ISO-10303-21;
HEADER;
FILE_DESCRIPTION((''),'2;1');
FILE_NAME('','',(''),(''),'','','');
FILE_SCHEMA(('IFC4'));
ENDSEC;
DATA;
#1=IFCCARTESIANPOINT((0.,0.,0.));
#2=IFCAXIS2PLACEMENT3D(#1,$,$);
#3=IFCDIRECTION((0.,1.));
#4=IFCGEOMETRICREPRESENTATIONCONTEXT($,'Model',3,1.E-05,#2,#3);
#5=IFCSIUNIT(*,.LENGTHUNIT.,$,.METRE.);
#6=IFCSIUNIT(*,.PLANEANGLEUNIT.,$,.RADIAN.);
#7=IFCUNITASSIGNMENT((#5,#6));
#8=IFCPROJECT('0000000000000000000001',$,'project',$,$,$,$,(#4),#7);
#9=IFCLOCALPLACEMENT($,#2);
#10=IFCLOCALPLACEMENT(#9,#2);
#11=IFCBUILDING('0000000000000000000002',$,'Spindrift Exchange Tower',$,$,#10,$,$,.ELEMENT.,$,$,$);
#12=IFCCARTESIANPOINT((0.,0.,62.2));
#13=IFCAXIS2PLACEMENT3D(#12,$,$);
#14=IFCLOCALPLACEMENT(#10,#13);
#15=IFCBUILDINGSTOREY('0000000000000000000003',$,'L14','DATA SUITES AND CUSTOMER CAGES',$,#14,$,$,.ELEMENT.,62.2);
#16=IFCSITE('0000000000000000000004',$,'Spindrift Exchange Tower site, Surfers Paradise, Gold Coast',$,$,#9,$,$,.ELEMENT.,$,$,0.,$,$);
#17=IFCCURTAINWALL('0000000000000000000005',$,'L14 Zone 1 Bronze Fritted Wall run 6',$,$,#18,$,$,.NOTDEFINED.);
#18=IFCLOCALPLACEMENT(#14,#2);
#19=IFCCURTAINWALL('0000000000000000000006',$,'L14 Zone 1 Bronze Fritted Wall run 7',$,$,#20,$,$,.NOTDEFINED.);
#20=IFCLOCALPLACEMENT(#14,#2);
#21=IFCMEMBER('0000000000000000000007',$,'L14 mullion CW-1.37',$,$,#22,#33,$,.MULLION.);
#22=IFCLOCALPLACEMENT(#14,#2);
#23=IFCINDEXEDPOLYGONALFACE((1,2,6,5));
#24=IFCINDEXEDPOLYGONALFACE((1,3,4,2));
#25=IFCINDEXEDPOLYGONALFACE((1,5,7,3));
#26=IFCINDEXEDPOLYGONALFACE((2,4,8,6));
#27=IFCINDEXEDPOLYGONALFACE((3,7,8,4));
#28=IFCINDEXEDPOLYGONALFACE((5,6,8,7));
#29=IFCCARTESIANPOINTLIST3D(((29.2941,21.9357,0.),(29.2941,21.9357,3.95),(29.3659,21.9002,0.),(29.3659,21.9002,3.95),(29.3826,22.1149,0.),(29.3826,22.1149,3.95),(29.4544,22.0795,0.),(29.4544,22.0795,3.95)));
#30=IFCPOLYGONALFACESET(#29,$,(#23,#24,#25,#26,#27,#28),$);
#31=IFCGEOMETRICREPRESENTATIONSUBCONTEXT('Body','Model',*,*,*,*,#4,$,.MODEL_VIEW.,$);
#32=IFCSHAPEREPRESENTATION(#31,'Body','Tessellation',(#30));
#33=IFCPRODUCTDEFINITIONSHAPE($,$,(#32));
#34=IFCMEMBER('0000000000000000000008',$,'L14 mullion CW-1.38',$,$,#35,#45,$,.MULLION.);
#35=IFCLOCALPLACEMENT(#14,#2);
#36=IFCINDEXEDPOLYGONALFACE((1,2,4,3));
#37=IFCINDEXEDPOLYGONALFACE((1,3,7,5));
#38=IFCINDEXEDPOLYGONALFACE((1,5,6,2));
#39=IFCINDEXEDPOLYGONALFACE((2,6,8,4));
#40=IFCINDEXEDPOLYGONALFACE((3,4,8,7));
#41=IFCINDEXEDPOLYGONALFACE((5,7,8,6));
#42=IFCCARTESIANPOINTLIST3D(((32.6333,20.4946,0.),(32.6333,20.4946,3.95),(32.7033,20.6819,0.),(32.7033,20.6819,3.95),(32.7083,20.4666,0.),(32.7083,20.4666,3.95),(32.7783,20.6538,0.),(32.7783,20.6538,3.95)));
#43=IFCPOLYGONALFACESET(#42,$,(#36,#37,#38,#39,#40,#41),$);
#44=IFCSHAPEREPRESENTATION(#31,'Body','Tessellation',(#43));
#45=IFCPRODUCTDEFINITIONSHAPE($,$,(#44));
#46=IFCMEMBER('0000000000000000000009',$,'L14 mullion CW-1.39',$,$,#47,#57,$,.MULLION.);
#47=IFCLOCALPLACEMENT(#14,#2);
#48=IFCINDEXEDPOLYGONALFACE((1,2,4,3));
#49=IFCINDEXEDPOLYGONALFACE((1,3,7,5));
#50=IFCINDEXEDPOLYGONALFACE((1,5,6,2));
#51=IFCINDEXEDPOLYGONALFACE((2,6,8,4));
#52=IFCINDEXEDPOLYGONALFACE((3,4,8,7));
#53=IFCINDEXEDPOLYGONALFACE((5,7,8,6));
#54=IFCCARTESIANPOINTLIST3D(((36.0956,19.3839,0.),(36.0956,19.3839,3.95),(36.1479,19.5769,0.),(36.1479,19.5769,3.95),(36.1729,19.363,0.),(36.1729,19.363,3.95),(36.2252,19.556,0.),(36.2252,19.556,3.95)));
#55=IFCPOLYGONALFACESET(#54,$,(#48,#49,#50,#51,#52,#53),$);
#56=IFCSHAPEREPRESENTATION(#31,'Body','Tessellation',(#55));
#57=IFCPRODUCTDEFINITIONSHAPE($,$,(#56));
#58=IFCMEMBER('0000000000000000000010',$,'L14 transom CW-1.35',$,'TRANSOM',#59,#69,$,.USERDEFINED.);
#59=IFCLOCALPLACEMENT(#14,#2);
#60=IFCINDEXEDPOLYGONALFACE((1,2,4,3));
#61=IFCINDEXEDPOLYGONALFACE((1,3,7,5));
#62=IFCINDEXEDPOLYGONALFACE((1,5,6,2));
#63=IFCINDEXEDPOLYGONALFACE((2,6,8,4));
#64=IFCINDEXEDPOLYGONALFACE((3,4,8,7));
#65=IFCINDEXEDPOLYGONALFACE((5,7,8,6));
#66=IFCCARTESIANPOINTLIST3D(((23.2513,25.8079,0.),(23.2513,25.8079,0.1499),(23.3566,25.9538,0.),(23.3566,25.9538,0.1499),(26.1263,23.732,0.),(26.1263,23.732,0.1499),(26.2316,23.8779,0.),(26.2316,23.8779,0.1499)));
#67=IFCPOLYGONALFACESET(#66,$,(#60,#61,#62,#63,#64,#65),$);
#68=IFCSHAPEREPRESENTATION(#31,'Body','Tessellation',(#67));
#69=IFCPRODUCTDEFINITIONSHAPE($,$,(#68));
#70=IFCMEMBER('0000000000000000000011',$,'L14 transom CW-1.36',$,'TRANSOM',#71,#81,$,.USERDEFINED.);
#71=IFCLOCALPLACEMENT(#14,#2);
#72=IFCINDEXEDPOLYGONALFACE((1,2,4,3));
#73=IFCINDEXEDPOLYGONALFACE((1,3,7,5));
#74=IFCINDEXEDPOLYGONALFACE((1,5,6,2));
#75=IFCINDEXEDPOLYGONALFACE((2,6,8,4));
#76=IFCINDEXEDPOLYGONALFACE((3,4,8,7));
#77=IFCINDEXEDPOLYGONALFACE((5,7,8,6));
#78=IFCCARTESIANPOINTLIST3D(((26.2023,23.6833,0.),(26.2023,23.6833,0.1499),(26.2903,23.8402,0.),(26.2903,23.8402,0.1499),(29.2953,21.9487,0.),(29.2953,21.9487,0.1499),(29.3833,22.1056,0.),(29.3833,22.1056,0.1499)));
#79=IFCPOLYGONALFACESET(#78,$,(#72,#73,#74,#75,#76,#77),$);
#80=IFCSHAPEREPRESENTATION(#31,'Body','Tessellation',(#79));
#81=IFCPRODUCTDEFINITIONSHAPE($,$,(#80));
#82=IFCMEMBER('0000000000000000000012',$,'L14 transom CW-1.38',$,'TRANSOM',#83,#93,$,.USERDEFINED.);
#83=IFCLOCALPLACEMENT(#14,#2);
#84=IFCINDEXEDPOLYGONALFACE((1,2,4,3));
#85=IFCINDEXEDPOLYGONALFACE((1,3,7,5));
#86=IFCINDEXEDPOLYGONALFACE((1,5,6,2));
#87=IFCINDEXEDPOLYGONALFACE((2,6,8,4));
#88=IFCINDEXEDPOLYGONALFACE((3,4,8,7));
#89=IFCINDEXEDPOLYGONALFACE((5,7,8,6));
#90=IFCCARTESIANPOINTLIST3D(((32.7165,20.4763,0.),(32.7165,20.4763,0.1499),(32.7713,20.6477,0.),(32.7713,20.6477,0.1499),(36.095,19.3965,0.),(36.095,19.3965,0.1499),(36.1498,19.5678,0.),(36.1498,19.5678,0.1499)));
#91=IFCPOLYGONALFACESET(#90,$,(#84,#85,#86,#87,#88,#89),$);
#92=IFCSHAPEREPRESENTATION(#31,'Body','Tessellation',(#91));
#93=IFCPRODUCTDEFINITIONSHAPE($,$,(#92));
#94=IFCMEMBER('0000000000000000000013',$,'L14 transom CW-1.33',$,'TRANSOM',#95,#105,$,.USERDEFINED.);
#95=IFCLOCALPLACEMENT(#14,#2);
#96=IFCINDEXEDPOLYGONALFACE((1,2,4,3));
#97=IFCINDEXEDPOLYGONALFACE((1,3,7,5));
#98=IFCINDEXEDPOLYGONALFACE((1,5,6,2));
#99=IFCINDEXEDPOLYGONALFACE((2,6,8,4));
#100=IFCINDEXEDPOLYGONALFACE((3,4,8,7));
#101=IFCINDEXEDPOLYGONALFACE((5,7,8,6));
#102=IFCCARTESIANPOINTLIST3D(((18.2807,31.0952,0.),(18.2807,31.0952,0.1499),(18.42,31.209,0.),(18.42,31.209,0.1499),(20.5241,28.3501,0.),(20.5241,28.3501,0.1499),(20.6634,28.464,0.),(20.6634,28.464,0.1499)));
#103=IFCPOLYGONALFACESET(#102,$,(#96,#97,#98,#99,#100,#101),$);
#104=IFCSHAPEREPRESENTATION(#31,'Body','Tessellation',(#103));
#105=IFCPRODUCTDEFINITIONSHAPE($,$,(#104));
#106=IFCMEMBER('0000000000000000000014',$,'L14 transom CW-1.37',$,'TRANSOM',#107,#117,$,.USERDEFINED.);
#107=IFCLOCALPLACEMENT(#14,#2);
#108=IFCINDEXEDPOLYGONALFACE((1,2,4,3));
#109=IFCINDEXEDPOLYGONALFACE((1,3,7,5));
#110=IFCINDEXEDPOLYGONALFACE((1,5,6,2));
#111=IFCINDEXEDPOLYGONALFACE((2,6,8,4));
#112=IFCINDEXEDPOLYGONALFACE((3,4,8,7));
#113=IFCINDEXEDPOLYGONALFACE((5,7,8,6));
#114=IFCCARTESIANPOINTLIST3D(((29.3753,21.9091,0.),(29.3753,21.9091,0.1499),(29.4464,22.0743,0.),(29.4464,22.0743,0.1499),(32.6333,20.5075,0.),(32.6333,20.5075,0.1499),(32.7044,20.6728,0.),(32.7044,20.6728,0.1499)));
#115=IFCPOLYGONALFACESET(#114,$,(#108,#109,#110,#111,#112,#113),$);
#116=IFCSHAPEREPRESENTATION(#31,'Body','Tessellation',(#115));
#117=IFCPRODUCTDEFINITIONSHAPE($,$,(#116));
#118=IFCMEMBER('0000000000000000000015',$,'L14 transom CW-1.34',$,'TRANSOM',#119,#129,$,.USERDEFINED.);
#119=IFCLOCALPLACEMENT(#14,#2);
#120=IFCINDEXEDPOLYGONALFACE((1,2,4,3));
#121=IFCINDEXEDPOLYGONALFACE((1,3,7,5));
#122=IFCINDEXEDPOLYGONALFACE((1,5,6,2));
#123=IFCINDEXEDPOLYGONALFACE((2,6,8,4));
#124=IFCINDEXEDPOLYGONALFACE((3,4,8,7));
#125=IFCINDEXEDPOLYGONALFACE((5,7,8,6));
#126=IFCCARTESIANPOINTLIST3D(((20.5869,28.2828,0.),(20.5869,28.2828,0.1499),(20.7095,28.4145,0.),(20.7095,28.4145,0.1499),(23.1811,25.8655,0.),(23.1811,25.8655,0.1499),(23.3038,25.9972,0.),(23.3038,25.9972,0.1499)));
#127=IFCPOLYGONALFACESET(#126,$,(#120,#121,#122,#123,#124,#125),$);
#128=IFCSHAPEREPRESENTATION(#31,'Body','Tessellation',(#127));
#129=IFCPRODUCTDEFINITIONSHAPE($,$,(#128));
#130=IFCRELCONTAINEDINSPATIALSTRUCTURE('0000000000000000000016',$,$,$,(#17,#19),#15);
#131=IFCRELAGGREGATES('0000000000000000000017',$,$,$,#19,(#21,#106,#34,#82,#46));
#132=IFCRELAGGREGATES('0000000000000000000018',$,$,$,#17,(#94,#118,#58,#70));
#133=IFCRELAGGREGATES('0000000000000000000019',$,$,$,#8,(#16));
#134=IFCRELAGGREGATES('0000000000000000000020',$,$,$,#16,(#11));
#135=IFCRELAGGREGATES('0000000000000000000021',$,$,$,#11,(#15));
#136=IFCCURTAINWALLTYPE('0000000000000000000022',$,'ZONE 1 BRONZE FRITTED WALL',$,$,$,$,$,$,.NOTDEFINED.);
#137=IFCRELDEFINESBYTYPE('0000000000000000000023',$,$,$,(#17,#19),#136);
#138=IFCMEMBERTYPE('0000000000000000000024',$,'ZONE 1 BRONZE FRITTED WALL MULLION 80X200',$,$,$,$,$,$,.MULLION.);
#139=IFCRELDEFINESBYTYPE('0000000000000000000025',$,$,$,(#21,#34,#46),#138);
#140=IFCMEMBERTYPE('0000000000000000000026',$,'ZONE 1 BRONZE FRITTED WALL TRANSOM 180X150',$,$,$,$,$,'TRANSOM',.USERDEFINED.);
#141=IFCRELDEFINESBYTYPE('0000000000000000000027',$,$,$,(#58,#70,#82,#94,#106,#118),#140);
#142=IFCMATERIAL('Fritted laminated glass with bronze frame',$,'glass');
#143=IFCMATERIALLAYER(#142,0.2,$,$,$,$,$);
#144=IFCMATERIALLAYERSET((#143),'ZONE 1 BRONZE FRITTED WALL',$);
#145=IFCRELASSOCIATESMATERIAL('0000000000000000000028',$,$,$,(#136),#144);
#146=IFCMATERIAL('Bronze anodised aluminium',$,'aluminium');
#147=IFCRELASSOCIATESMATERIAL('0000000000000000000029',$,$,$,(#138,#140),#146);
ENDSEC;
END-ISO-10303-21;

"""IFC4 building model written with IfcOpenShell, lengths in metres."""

from ifc_helpers import new_model, si_unit, direction, frame, origin, origin_2d, place, context, subcontext, project, spatial, rectangle, extrude, source, transform, mapped, material, layer, layer_set, material_profile, profile_set, type_object, element, aggregate, save


model = new_model("IFC4")

# Units and contexts
model_context = context("Model", 3, precision=1e-05, world=origin(), true_north=direction((0.0, 1.0)))
body_context = subcontext(model_context, "Body", "Model", "MODEL_VIEW")
ifc_project = project(units=[si_unit("LENGTHUNIT", "METRE"), si_unit("PLANEANGLEUNIT", "RADIAN")], contexts=[model_context])

# Site, building, storey
site_placement = place(None, origin())
site = spatial("IfcSite", under=ifc_project, at=site_placement, Name="Spindrift Exchange Tower site, Surfers Paradise, Gold Coast", CompositionType="ELEMENT", RefElevation=0.0)
building_placement = place(site_placement, origin())
building = spatial("IfcBuilding", under=site, at=building_placement, Name="Spindrift Exchange Tower", CompositionType="ELEMENT")
storey_placement = place(building_placement, frame((0.0, 0.0, 62.2)))
storey = spatial("IfcBuildingStorey", under=building, at=storey_placement, Name="L14", Description="DATA SUITES AND CUSTOMER CAGES", CompositionType="ELEMENT", Elevation=62.2)

# Curtain walls, members
ifc_material_1 = material(Name="Fritted laminated glass with bronze frame", Category="glass")
ifc_layer_1 = layer(ifc_material_1, 0.2)
ifc_layer_set_1 = layer_set([ifc_layer_1], Name="ZONE 1 BRONZE FRITTED WALL")
curtain_wall_type = type_object("IfcCurtainWallType", Name="ZONE 1 BRONZE FRITTED WALL", PredefinedType="NOTDEFINED", material=ifc_layer_set_1)
curtain_wall_1_placement = place(storey_placement, origin())
curtain_wall_1 = element("IfcCurtainWall", 1, at=curtain_wall_1_placement, inside=storey, type_object=curtain_wall_type, Name="L14 Zone 1 Bronze Fritted Wall run 6", PredefinedType="NOTDEFINED")
ifc_material_2 = material(Name="Bronze anodised aluminium", Category="aluminium")
ifc_material_profile_1 = material_profile(ifc_material_2, rectangle(XDim=0.0801, YDim=0.2, at=origin_2d()), Name="ZONE 1 BRONZE FRITTED WALL MULLION 80X200")
ifc_profile_set_1 = profile_set([ifc_material_profile_1], Name="Bronze anodised aluminium")
member_type_1 = type_object("IfcMemberType", Name="ZONE 1 BRONZE FRITTED WALL MULLION 80X200", PredefinedType="MULLION", material=ifc_profile_set_1)
shared_shape_1 = source(origin(), body_context, "Body", "SweptSolid", [
    extrude(rectangle(XDim=0.0801, YDim=0.2, at=origin_2d()), origin(), (0.0, 0.0, 1.0), 3.95),
])
curtain_wall_2_placement = place(storey_placement, origin())
curtain_wall_2 = element("IfcCurtainWall", 2, at=curtain_wall_2_placement, inside=storey, type_object=curtain_wall_type, Name="L14 Zone 1 Bronze Fritted Wall run 7", PredefinedType="NOTDEFINED")
member_1_placement = place(storey_placement, frame((29.3743, 22.0076, 0.0), z_axis=(0.0, 0.0, 1.0), x_axis=(0.896627, -0.442787, 0.0)))
member_1 = element("IfcMember", 3, at=member_1_placement, type_object=member_type_1, Name="L14 mullion CW-1.37", PredefinedType="MULLION", context=body_context, shape_type="MappedRepresentation", body=[
    mapped(shared_shape_1, transform((0.0, 0.0, 0.0), scale=1.0)),
])
member_2_placement = place(storey_placement, frame((32.7058, 20.5742, 0.0), z_axis=(0.0, 0.0, 1.0), x_axis=(0.936656, -0.35025, 0.0)))
member_2 = element("IfcMember", 4, at=member_2_placement, type_object=member_type_1, Name="L14 mullion CW-1.38", PredefinedType="MULLION", context=body_context, shape_type="MappedRepresentation", body=[
    mapped(shared_shape_1, transform((0.0, 0.0, 0.0), scale=1.0)),
])
member_3_placement = place(storey_placement, frame((36.1604, 19.47, 0.0), z_axis=(0.0, 0.0, 1.0), x_axis=(0.965266, -0.261268, 0.0)))
member_3 = element("IfcMember", 5, at=member_3_placement, type_object=member_type_1, Name="L14 mullion CW-1.39", PredefinedType="MULLION", context=body_context, shape_type="MappedRepresentation", body=[
    mapped(shared_shape_1, transform((0.0, 0.0, 0.0), scale=1.0)),
])

# Members
ifc_material_profile_2 = material_profile(ifc_material_2, rectangle(XDim=0.1799, YDim=0.1499, at=origin_2d()), Name="ZONE 1 BRONZE FRITTED WALL TRANSOM 180X150")
ifc_profile_set_2 = profile_set([ifc_material_profile_2], Name="Bronze anodised aluminium")
member_type_2 = type_object("IfcMemberType", Name="ZONE 1 BRONZE FRITTED WALL TRANSOM 180X150", ElementType="TRANSOM", PredefinedType="USERDEFINED", material=ifc_profile_set_2)
shared_shape_2 = source(origin(), body_context, "Body", "SweptSolid", [
    extrude(rectangle(XDim=0.1799, YDim=0.1499, at=origin_2d()), origin(), (0.0, 0.0, 1.0), 3.5461),
])
member_4_placement = place(storey_placement, frame((23.304, 25.8809, 0.075), z_axis=(0.810741, -0.585405, 0.0), x_axis=(0.585405, 0.810741, 0.0)))
member_4 = element("IfcMember", 6, at=member_4_placement, type_object=member_type_2, Name="L14 transom CW-1.35", ObjectType="TRANSOM", PredefinedType="USERDEFINED", context=body_context, shape_type="MappedRepresentation", body=[
    mapped(shared_shape_2, transform((0.0, 0.0, 0.0), scale=1.0)),
])
member_5_placement = place(storey_placement, frame((26.2463, 23.7617, 0.075), z_axis=(0.872202, -0.489146, 0.0), x_axis=(0.489146, 0.872202, 0.0)))
member_5 = element("IfcMember", 7, at=member_5_placement, type_object=member_type_2, Name="L14 transom CW-1.36", ObjectType="TRANSOM", PredefinedType="USERDEFINED", context=body_context, shape_type="MappedRepresentation", body=[
    mapped(shared_shape_2, transform((0.0, 0.0, 0.0), scale=1.0)),
])
shared_shape_3 = source(origin(), body_context, "Body", "SweptSolid", [
    extrude(rectangle(XDim=0.1799, YDim=0.1499, at=origin_2d()), origin(), (0.0, 0.0, 1.0), 3.5469),
])
member_6_placement = place(storey_placement, frame((32.7439, 20.562, 0.075), z_axis=(0.952527, -0.304454, 0.0), x_axis=(0.304454, 0.952527, 0.0)))
member_6 = element("IfcMember", 8, at=member_6_placement, type_object=member_type_2, Name="L14 transom CW-1.38", ObjectType="TRANSOM", PredefinedType="USERDEFINED", context=body_context, shape_type="MappedRepresentation", body=[
    mapped(shared_shape_3, transform((0.0, 0.0, 0.0), scale=1.0)),
])
shared_shape_4 = source(origin(), body_context, "Body", "SweptSolid", [
    extrude(rectangle(XDim=0.1799, YDim=0.1499, at=origin_2d()), origin(), (0.0, 0.0, 1.0), 3.5452),
])
member_7_placement = place(storey_placement, frame((18.3503, 31.1521, 0.075), z_axis=(0.632799, -0.774316, 0.0), x_axis=(0.774316, 0.632799, 0.0)))
member_7 = element("IfcMember", 9, at=member_7_placement, type_object=member_type_2, Name="L14 transom CW-1.33", ObjectType="TRANSOM", PredefinedType="USERDEFINED", context=body_context, shape_type="MappedRepresentation", body=[
    mapped(shared_shape_4, transform((0.0, 0.0, 0.0), scale=1.0)),
])
shared_shape_5 = source(origin(), body_context, "Body", "SweptSolid", [
    extrude(rectangle(XDim=0.1799, YDim=0.1499, at=origin_2d()), origin(), (0.0, 0.0, 1.0), 3.5466),
])
member_8_placement = place(storey_placement, frame((29.4109, 21.9917, 0.075), z_axis=(0.918603, -0.395182, 0.0), x_axis=(0.395182, 0.918603, 0.0)))
member_8 = element("IfcMember", 10, at=member_8_placement, type_object=member_type_2, Name="L14 transom CW-1.37", ObjectType="TRANSOM", PredefinedType="USERDEFINED", context=body_context, shape_type="MappedRepresentation", body=[
    mapped(shared_shape_5, transform((0.0, 0.0, 0.0), scale=1.0)),
])
shared_shape_6 = source(origin(), body_context, "Body", "SweptSolid", [
    extrude(rectangle(XDim=0.1799, YDim=0.1499, at=origin_2d()), origin(), (0.0, 0.0, 1.0), 3.5459),
])
member_9_placement = place(storey_placement, frame((20.6482, 28.3486, 0.075), z_axis=(0.731625, -0.681707, 0.0), x_axis=(0.681707, 0.731625, 0.0)))
member_9 = element("IfcMember", 11, at=member_9_placement, type_object=member_type_2, Name="L14 transom CW-1.34", ObjectType="TRANSOM", PredefinedType="USERDEFINED", context=body_context, shape_type="MappedRepresentation", body=[
    mapped(shared_shape_6, transform((0.0, 0.0, 0.0), scale=1.0)),
])

aggregate(curtain_wall_2, [member_1, member_8, member_2, member_6, member_3])
aggregate(curtain_wall_1, [member_7, member_9, member_4, member_5])

save(model, "model.ifc")
